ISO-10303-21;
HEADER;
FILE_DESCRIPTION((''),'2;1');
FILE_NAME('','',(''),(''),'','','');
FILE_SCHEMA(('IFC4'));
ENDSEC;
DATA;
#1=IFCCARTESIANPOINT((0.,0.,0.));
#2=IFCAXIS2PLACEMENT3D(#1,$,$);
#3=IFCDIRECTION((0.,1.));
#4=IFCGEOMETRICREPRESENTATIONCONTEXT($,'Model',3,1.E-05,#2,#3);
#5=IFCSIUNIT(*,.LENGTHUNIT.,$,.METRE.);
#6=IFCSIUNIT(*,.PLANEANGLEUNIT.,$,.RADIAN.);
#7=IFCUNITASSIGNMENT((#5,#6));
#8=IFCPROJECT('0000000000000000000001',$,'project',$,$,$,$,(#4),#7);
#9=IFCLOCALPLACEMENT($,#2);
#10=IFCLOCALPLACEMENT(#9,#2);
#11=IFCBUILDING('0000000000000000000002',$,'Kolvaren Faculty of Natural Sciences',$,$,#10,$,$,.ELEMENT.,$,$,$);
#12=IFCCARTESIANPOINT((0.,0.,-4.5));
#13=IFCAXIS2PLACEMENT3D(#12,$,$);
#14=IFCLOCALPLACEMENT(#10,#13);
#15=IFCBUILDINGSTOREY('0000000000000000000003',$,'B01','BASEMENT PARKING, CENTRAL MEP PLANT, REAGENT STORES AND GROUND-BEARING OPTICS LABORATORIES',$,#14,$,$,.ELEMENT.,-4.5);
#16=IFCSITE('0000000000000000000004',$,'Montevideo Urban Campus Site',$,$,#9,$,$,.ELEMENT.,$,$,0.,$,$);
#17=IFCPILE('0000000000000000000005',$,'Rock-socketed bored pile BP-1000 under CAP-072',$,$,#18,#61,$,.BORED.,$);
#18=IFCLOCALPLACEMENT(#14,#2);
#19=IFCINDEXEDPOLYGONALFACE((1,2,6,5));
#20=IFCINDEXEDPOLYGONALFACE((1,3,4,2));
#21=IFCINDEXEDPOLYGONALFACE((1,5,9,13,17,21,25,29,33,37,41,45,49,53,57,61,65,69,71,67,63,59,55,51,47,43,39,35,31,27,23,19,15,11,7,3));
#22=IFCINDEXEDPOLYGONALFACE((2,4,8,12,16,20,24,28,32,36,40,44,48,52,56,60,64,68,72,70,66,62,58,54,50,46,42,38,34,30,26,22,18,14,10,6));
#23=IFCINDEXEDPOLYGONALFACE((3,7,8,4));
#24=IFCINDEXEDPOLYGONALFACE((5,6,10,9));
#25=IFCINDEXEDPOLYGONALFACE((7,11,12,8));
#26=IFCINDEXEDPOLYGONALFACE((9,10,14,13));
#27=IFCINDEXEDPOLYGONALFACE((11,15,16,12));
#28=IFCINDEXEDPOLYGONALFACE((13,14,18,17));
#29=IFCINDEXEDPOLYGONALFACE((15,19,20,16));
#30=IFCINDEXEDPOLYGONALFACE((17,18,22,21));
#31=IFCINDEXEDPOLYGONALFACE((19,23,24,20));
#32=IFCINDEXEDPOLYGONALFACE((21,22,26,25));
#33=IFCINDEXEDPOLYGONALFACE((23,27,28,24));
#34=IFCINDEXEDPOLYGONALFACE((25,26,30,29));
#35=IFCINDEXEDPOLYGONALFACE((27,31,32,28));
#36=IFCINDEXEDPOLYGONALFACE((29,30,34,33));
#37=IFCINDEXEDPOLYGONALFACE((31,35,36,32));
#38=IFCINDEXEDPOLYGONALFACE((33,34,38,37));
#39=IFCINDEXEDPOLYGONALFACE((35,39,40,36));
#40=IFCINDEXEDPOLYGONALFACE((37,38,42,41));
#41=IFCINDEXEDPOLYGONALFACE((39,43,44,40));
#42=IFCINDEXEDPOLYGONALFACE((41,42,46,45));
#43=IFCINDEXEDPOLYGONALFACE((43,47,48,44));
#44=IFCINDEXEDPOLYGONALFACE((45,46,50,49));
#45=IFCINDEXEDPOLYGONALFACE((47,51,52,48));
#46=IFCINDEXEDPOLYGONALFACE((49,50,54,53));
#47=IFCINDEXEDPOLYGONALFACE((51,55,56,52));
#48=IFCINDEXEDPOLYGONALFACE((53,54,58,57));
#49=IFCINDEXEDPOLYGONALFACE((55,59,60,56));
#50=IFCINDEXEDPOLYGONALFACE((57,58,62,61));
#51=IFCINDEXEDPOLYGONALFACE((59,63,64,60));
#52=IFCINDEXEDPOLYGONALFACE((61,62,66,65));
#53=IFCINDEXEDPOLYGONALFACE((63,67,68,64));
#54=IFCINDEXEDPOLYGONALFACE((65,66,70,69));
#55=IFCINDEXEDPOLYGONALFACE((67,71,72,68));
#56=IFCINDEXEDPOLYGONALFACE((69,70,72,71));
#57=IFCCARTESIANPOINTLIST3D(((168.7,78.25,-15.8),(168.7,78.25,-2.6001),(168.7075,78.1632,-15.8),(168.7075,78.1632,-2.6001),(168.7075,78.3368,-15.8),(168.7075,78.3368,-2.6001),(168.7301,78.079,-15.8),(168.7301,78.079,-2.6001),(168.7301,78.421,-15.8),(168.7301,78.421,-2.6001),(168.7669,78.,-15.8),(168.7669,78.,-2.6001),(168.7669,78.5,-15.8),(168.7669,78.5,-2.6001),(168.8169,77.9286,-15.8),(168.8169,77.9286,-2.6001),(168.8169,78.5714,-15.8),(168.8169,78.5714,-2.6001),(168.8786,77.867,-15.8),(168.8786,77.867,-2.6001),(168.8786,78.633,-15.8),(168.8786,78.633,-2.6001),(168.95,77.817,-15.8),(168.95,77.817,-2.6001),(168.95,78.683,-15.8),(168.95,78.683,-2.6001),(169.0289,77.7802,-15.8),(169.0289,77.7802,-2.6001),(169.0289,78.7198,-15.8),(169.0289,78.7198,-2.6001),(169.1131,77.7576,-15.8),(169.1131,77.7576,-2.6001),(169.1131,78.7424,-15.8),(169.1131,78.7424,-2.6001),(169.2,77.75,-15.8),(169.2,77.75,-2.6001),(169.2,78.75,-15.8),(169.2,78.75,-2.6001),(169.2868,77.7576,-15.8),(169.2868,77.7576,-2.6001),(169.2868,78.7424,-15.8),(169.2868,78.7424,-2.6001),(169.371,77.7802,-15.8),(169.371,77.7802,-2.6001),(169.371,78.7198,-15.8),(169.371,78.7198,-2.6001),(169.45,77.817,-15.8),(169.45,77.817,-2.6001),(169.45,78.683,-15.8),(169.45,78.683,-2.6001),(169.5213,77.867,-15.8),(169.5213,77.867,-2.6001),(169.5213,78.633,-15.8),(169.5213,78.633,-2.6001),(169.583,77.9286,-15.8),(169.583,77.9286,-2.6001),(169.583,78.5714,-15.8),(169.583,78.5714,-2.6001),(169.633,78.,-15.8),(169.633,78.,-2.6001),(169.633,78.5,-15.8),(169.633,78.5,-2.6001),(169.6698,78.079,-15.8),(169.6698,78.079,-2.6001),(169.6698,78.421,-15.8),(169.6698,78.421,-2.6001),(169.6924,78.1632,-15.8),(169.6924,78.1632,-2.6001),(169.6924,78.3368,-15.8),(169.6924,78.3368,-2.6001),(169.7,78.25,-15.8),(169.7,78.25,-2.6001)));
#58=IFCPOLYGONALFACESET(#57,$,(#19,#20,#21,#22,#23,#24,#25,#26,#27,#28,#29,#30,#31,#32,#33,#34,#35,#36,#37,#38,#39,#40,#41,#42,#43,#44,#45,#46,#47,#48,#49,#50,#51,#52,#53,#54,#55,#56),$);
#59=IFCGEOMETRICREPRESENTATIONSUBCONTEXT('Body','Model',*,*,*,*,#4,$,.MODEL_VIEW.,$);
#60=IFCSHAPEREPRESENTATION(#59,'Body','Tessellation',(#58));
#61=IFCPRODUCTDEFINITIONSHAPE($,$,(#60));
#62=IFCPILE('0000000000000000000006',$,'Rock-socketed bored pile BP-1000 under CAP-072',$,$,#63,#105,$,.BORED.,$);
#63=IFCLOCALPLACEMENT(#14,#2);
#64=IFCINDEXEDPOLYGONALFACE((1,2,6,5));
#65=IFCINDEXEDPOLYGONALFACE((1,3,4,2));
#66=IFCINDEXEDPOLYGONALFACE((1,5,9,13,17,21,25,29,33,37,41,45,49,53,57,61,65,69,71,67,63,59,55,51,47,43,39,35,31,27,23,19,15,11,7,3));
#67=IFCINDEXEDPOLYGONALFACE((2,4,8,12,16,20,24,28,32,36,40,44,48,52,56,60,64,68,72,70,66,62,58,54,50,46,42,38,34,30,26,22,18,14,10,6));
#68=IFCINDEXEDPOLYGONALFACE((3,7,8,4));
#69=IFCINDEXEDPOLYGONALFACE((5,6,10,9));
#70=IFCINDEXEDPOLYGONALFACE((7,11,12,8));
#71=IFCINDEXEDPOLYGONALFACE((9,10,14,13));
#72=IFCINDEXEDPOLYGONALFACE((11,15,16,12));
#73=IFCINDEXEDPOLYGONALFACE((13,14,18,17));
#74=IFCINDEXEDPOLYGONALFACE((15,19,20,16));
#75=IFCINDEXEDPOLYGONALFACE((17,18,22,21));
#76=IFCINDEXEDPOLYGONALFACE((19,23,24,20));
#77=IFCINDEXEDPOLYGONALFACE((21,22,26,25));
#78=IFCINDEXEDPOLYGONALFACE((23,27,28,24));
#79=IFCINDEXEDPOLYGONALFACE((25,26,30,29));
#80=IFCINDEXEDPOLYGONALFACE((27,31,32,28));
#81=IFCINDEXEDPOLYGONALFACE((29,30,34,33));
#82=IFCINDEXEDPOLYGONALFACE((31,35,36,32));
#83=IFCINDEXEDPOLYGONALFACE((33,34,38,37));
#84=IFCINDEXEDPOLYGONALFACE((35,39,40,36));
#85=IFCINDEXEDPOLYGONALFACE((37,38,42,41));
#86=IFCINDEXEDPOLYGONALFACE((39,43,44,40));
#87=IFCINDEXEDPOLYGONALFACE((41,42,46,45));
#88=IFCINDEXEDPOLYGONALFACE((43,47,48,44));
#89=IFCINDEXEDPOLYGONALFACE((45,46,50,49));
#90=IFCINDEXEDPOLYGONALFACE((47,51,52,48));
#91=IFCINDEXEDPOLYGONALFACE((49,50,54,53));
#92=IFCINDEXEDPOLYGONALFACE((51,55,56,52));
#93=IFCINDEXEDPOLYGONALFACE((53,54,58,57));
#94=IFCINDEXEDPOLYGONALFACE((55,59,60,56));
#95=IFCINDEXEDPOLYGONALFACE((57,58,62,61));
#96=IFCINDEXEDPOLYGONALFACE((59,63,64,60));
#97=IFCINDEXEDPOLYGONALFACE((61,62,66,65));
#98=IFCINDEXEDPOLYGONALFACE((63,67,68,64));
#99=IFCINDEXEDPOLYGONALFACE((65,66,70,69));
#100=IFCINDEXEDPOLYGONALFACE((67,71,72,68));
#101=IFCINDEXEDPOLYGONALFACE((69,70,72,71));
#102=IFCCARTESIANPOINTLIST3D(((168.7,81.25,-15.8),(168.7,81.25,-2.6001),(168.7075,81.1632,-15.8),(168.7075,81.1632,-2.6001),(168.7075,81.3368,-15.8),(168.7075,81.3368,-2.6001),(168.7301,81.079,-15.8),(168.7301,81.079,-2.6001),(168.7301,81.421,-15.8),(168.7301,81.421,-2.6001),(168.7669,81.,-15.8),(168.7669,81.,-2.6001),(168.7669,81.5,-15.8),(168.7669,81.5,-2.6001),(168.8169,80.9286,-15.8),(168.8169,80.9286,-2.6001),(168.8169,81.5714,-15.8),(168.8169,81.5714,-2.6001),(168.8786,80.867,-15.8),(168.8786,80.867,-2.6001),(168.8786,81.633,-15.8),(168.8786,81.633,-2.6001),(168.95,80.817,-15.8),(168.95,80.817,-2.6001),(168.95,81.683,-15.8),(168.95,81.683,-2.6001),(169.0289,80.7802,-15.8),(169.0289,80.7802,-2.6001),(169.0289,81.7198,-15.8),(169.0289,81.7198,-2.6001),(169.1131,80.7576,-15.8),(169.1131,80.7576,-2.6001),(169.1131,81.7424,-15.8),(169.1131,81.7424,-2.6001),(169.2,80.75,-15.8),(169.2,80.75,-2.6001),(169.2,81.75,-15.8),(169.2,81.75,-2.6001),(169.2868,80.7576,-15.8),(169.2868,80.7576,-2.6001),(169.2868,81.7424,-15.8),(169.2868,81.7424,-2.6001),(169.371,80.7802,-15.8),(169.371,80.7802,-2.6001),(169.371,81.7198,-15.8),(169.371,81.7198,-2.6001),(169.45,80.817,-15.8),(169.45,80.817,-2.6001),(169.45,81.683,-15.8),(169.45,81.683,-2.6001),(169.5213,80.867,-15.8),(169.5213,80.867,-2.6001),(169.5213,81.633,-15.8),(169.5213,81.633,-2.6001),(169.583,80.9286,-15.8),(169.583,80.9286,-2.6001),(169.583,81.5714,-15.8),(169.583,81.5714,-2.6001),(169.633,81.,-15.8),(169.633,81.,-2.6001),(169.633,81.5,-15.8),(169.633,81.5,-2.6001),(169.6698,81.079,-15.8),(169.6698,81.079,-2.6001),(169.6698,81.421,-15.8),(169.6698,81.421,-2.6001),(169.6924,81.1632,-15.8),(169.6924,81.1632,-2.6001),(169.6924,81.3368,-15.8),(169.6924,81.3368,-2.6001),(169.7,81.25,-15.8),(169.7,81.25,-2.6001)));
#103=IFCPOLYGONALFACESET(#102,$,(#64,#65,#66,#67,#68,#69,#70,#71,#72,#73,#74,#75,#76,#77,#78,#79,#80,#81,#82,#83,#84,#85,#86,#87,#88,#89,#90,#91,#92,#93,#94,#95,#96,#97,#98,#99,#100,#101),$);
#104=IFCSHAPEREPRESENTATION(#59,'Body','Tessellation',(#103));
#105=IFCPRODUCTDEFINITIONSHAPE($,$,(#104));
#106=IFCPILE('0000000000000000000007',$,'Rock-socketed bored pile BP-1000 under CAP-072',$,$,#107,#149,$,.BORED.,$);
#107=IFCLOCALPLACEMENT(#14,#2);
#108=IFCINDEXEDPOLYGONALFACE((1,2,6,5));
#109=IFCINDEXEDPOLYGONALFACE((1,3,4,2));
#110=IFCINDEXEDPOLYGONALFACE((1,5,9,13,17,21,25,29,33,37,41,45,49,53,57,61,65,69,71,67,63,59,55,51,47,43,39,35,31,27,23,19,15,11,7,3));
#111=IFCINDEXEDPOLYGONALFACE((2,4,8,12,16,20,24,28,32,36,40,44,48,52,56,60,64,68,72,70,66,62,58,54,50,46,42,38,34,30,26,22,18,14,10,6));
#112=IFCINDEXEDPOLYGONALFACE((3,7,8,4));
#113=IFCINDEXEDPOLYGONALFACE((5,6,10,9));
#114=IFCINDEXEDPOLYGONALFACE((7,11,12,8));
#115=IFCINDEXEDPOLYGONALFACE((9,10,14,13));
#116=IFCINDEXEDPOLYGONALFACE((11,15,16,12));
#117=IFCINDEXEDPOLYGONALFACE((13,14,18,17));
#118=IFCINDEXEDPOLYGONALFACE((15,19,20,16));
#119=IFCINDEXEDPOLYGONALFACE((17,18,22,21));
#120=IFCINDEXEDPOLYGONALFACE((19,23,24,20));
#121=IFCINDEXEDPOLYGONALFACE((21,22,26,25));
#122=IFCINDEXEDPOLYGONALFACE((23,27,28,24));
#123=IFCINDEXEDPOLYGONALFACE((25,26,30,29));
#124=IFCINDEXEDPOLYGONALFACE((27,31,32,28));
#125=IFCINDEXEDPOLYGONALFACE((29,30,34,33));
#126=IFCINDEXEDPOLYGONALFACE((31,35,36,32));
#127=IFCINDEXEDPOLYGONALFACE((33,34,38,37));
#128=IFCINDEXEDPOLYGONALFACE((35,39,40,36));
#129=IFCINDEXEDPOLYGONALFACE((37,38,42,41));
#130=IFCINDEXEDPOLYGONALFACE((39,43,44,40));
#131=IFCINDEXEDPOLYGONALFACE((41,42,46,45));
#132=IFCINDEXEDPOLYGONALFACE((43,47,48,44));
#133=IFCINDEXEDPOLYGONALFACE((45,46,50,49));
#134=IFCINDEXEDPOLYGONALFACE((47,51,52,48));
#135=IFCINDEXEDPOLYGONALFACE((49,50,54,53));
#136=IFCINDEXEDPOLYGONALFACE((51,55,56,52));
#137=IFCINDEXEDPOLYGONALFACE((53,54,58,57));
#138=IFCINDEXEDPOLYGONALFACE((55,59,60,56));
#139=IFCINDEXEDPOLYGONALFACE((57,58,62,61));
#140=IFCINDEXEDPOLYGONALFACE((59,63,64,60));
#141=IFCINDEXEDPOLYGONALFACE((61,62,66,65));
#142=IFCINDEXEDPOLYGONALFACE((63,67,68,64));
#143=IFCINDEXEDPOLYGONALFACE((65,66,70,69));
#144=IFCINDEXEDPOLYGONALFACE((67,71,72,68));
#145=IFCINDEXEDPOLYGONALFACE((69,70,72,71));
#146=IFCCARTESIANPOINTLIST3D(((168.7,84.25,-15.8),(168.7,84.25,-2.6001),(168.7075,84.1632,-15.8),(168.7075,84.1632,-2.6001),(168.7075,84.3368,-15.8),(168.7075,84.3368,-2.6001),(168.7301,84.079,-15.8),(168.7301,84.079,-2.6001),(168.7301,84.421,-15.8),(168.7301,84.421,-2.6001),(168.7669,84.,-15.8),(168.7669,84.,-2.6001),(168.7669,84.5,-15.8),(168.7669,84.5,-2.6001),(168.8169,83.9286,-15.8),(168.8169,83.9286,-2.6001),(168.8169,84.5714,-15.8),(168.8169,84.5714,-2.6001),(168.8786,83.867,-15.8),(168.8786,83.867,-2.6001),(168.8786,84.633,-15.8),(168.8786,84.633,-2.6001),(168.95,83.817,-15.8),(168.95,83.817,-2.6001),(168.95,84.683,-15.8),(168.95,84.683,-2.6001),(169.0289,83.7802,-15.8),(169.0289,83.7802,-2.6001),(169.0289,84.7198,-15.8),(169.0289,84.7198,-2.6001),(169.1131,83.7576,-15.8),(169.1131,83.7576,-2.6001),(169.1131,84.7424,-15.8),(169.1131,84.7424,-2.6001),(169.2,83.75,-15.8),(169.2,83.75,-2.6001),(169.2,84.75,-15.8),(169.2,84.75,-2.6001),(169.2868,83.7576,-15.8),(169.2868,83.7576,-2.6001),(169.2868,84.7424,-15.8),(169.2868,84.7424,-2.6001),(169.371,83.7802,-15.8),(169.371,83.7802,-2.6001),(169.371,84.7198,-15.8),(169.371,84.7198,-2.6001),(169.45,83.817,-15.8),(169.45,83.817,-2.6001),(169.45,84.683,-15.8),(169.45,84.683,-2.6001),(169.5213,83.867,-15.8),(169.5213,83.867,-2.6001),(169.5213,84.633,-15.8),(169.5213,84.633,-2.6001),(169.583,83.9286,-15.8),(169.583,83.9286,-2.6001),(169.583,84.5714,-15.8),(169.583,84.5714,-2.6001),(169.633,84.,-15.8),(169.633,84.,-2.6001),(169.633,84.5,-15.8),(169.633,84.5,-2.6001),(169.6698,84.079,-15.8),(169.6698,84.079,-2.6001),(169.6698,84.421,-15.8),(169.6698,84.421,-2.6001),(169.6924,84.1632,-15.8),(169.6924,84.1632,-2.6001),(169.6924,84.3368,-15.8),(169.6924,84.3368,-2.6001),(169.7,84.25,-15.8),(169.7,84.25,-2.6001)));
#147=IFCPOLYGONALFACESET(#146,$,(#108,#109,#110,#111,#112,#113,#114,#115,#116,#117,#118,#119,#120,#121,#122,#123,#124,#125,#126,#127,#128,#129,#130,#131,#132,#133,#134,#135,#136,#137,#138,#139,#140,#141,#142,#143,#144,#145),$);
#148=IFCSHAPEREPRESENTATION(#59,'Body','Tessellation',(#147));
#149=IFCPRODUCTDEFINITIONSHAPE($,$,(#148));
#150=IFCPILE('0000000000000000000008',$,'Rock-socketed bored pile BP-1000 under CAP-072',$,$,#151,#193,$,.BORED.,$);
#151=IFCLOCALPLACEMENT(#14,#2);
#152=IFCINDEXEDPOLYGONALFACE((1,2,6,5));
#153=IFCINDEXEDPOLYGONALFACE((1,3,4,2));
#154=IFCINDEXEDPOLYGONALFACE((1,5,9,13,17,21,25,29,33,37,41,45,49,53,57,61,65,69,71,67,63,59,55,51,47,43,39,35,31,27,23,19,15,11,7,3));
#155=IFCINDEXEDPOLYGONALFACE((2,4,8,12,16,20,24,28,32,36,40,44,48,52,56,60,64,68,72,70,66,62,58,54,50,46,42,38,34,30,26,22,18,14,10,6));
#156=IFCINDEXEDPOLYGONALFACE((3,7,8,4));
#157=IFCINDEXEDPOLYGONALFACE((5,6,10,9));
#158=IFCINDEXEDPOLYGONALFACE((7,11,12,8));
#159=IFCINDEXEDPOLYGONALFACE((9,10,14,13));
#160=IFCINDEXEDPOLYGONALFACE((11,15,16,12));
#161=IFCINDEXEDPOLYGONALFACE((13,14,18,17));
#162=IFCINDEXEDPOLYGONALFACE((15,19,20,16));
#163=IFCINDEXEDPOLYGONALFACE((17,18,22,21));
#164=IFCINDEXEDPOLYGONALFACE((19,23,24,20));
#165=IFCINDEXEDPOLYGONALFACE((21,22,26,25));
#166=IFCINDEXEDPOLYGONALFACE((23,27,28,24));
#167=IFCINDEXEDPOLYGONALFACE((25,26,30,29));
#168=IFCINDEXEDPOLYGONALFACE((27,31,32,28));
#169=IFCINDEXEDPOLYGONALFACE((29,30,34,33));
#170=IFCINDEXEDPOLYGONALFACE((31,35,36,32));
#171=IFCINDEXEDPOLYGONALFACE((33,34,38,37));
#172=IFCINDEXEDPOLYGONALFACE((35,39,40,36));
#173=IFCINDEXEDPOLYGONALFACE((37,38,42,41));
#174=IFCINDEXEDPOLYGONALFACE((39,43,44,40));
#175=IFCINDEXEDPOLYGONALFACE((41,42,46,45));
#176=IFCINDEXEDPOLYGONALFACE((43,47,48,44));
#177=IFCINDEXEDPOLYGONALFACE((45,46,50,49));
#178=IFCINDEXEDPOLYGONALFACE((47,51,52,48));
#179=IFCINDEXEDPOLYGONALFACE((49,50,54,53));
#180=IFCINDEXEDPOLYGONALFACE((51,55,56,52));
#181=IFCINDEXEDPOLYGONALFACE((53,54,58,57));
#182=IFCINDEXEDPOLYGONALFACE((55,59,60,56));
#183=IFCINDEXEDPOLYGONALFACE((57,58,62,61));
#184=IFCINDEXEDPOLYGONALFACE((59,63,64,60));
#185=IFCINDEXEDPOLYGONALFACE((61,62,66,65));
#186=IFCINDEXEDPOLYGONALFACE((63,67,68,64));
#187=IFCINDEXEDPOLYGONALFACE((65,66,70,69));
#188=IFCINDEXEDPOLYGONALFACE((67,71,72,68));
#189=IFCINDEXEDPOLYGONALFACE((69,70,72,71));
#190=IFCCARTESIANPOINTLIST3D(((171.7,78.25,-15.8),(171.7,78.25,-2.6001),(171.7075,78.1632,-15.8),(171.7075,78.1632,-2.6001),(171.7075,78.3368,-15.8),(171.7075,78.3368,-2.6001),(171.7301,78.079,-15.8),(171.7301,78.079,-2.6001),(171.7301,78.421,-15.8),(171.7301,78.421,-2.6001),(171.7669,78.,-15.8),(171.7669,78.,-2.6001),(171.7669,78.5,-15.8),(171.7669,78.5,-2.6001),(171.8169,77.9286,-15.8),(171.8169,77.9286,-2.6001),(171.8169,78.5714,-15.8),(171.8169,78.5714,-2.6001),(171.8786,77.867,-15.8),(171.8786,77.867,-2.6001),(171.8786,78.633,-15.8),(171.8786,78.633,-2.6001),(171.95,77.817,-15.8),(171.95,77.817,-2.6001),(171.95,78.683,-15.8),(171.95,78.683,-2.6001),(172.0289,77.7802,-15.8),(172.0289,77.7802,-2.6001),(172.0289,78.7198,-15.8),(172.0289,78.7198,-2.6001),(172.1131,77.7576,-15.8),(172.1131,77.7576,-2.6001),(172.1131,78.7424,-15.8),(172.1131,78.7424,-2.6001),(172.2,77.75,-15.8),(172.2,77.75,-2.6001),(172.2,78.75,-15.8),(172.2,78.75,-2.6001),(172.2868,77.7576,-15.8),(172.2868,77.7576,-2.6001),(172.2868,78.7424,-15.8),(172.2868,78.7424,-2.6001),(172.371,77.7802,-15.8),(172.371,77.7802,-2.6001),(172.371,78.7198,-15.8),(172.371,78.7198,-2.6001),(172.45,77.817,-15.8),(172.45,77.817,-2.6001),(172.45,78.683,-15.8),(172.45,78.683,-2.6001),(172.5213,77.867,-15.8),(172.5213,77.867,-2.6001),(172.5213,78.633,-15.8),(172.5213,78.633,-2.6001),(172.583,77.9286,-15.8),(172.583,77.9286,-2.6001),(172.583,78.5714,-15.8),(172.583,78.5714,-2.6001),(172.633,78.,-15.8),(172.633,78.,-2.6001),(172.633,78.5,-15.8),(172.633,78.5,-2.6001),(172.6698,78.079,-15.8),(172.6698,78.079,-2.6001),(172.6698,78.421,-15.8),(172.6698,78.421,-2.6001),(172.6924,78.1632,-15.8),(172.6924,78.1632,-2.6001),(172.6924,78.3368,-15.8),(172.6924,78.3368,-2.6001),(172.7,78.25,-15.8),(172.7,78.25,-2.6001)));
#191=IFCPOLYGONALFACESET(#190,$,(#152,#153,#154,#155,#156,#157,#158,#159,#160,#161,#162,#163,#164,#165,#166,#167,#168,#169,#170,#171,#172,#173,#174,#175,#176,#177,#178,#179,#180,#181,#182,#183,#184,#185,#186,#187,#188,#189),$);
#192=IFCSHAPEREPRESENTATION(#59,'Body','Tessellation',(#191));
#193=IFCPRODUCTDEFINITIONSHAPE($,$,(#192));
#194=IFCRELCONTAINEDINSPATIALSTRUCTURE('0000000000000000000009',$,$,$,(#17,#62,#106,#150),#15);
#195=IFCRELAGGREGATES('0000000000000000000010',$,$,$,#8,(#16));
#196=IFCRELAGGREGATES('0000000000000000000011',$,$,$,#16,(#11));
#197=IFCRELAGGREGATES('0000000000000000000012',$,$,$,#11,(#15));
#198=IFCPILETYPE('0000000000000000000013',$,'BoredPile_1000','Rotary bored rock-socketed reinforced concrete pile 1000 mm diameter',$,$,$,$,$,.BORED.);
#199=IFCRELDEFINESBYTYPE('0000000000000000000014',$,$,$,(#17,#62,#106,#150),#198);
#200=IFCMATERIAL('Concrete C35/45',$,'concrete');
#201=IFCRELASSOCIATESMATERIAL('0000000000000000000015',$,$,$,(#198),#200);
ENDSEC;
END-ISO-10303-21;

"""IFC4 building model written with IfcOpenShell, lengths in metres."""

from ifc_helpers import new_model, si_unit, direction, frame, origin, origin_2d, place, context, subcontext, project, spatial, circle, extrude, material, material_profile, profile_set, type_object, element, save


model = new_model("IFC4")

# Units and contexts
model_context = context("Model", 3, precision=1e-05, world=origin(), true_north=direction((0.0, 1.0)))
body_context = subcontext(model_context, "Body", "Model", "MODEL_VIEW")
ifc_project = project(units=[si_unit("LENGTHUNIT", "METRE"), si_unit("PLANEANGLEUNIT", "RADIAN")], contexts=[model_context])

# Site, building, storey
site_placement = place(None, origin())
site = spatial("IfcSite", under=ifc_project, at=site_placement, Name="Montevideo Urban Campus Site", CompositionType="ELEMENT", RefElevation=0.0)
building_placement = place(site_placement, origin())
building = spatial("IfcBuilding", under=site, at=building_placement, Name="Kolvaren Faculty of Natural Sciences", CompositionType="ELEMENT")
storey_placement = place(building_placement, frame((0.0, 0.0, -4.5)))
storey = spatial("IfcBuildingStorey", under=building, at=storey_placement, Name="B01", Description="BASEMENT PARKING, CENTRAL MEP PLANT, REAGENT STORES AND GROUND-BEARING OPTICS LABORATORIES", CompositionType="ELEMENT", Elevation=-4.5)

# Piles
ifc_material_1 = material(Name="Concrete C35/45", Category="concrete")
ifc_material_profile_1 = material_profile(ifc_material_1, circle(Radius=0.5, at=origin_2d()), Name="PILE D1000")
ifc_profile_set_1 = profile_set([ifc_material_profile_1], Name="Concrete C35/45")
pile_type = type_object("IfcPileType", Name="BoredPile_1000", Description="Rotary bored rock-socketed reinforced concrete pile 1000 mm diameter", PredefinedType="BORED", material=ifc_profile_set_1)
for number, where, z_axis, x_axis, name in (
    (1, (169.2, 78.25, -2.6001), (0.0, 0.0, -1.0), (1.0, 0.0, 0.0), "Rock-socketed bored pile BP-1000 under CAP-072"),
    (2, (169.2, 81.25, -2.6001), (0.0, 0.0, -1.0), (1.0, 0.0, 0.0), "Rock-socketed bored pile BP-1000 under CAP-072"),
    (3, (169.2, 84.25, -2.6001), (0.0, 0.0, -1.0), (1.0, 0.0, 0.0), "Rock-socketed bored pile BP-1000 under CAP-072"),
    (4, (172.2, 78.25, -2.6001), (0.0, 0.0, -1.0), (1.0, 0.0, 0.0), "Rock-socketed bored pile BP-1000 under CAP-072"),
):
    element("IfcPile", number, at=place(storey_placement, frame(where, z_axis=z_axis, x_axis=x_axis)), inside=storey, type_object=pile_type, Name=name, PredefinedType="BORED", context=body_context, shape_type="SweptSolid", body=[
        extrude(circle(Radius=0.5, at=origin_2d()), origin(), (0.0, 0.0, 1.0), 13.2),
    ])

save(model, "model.ifc")
